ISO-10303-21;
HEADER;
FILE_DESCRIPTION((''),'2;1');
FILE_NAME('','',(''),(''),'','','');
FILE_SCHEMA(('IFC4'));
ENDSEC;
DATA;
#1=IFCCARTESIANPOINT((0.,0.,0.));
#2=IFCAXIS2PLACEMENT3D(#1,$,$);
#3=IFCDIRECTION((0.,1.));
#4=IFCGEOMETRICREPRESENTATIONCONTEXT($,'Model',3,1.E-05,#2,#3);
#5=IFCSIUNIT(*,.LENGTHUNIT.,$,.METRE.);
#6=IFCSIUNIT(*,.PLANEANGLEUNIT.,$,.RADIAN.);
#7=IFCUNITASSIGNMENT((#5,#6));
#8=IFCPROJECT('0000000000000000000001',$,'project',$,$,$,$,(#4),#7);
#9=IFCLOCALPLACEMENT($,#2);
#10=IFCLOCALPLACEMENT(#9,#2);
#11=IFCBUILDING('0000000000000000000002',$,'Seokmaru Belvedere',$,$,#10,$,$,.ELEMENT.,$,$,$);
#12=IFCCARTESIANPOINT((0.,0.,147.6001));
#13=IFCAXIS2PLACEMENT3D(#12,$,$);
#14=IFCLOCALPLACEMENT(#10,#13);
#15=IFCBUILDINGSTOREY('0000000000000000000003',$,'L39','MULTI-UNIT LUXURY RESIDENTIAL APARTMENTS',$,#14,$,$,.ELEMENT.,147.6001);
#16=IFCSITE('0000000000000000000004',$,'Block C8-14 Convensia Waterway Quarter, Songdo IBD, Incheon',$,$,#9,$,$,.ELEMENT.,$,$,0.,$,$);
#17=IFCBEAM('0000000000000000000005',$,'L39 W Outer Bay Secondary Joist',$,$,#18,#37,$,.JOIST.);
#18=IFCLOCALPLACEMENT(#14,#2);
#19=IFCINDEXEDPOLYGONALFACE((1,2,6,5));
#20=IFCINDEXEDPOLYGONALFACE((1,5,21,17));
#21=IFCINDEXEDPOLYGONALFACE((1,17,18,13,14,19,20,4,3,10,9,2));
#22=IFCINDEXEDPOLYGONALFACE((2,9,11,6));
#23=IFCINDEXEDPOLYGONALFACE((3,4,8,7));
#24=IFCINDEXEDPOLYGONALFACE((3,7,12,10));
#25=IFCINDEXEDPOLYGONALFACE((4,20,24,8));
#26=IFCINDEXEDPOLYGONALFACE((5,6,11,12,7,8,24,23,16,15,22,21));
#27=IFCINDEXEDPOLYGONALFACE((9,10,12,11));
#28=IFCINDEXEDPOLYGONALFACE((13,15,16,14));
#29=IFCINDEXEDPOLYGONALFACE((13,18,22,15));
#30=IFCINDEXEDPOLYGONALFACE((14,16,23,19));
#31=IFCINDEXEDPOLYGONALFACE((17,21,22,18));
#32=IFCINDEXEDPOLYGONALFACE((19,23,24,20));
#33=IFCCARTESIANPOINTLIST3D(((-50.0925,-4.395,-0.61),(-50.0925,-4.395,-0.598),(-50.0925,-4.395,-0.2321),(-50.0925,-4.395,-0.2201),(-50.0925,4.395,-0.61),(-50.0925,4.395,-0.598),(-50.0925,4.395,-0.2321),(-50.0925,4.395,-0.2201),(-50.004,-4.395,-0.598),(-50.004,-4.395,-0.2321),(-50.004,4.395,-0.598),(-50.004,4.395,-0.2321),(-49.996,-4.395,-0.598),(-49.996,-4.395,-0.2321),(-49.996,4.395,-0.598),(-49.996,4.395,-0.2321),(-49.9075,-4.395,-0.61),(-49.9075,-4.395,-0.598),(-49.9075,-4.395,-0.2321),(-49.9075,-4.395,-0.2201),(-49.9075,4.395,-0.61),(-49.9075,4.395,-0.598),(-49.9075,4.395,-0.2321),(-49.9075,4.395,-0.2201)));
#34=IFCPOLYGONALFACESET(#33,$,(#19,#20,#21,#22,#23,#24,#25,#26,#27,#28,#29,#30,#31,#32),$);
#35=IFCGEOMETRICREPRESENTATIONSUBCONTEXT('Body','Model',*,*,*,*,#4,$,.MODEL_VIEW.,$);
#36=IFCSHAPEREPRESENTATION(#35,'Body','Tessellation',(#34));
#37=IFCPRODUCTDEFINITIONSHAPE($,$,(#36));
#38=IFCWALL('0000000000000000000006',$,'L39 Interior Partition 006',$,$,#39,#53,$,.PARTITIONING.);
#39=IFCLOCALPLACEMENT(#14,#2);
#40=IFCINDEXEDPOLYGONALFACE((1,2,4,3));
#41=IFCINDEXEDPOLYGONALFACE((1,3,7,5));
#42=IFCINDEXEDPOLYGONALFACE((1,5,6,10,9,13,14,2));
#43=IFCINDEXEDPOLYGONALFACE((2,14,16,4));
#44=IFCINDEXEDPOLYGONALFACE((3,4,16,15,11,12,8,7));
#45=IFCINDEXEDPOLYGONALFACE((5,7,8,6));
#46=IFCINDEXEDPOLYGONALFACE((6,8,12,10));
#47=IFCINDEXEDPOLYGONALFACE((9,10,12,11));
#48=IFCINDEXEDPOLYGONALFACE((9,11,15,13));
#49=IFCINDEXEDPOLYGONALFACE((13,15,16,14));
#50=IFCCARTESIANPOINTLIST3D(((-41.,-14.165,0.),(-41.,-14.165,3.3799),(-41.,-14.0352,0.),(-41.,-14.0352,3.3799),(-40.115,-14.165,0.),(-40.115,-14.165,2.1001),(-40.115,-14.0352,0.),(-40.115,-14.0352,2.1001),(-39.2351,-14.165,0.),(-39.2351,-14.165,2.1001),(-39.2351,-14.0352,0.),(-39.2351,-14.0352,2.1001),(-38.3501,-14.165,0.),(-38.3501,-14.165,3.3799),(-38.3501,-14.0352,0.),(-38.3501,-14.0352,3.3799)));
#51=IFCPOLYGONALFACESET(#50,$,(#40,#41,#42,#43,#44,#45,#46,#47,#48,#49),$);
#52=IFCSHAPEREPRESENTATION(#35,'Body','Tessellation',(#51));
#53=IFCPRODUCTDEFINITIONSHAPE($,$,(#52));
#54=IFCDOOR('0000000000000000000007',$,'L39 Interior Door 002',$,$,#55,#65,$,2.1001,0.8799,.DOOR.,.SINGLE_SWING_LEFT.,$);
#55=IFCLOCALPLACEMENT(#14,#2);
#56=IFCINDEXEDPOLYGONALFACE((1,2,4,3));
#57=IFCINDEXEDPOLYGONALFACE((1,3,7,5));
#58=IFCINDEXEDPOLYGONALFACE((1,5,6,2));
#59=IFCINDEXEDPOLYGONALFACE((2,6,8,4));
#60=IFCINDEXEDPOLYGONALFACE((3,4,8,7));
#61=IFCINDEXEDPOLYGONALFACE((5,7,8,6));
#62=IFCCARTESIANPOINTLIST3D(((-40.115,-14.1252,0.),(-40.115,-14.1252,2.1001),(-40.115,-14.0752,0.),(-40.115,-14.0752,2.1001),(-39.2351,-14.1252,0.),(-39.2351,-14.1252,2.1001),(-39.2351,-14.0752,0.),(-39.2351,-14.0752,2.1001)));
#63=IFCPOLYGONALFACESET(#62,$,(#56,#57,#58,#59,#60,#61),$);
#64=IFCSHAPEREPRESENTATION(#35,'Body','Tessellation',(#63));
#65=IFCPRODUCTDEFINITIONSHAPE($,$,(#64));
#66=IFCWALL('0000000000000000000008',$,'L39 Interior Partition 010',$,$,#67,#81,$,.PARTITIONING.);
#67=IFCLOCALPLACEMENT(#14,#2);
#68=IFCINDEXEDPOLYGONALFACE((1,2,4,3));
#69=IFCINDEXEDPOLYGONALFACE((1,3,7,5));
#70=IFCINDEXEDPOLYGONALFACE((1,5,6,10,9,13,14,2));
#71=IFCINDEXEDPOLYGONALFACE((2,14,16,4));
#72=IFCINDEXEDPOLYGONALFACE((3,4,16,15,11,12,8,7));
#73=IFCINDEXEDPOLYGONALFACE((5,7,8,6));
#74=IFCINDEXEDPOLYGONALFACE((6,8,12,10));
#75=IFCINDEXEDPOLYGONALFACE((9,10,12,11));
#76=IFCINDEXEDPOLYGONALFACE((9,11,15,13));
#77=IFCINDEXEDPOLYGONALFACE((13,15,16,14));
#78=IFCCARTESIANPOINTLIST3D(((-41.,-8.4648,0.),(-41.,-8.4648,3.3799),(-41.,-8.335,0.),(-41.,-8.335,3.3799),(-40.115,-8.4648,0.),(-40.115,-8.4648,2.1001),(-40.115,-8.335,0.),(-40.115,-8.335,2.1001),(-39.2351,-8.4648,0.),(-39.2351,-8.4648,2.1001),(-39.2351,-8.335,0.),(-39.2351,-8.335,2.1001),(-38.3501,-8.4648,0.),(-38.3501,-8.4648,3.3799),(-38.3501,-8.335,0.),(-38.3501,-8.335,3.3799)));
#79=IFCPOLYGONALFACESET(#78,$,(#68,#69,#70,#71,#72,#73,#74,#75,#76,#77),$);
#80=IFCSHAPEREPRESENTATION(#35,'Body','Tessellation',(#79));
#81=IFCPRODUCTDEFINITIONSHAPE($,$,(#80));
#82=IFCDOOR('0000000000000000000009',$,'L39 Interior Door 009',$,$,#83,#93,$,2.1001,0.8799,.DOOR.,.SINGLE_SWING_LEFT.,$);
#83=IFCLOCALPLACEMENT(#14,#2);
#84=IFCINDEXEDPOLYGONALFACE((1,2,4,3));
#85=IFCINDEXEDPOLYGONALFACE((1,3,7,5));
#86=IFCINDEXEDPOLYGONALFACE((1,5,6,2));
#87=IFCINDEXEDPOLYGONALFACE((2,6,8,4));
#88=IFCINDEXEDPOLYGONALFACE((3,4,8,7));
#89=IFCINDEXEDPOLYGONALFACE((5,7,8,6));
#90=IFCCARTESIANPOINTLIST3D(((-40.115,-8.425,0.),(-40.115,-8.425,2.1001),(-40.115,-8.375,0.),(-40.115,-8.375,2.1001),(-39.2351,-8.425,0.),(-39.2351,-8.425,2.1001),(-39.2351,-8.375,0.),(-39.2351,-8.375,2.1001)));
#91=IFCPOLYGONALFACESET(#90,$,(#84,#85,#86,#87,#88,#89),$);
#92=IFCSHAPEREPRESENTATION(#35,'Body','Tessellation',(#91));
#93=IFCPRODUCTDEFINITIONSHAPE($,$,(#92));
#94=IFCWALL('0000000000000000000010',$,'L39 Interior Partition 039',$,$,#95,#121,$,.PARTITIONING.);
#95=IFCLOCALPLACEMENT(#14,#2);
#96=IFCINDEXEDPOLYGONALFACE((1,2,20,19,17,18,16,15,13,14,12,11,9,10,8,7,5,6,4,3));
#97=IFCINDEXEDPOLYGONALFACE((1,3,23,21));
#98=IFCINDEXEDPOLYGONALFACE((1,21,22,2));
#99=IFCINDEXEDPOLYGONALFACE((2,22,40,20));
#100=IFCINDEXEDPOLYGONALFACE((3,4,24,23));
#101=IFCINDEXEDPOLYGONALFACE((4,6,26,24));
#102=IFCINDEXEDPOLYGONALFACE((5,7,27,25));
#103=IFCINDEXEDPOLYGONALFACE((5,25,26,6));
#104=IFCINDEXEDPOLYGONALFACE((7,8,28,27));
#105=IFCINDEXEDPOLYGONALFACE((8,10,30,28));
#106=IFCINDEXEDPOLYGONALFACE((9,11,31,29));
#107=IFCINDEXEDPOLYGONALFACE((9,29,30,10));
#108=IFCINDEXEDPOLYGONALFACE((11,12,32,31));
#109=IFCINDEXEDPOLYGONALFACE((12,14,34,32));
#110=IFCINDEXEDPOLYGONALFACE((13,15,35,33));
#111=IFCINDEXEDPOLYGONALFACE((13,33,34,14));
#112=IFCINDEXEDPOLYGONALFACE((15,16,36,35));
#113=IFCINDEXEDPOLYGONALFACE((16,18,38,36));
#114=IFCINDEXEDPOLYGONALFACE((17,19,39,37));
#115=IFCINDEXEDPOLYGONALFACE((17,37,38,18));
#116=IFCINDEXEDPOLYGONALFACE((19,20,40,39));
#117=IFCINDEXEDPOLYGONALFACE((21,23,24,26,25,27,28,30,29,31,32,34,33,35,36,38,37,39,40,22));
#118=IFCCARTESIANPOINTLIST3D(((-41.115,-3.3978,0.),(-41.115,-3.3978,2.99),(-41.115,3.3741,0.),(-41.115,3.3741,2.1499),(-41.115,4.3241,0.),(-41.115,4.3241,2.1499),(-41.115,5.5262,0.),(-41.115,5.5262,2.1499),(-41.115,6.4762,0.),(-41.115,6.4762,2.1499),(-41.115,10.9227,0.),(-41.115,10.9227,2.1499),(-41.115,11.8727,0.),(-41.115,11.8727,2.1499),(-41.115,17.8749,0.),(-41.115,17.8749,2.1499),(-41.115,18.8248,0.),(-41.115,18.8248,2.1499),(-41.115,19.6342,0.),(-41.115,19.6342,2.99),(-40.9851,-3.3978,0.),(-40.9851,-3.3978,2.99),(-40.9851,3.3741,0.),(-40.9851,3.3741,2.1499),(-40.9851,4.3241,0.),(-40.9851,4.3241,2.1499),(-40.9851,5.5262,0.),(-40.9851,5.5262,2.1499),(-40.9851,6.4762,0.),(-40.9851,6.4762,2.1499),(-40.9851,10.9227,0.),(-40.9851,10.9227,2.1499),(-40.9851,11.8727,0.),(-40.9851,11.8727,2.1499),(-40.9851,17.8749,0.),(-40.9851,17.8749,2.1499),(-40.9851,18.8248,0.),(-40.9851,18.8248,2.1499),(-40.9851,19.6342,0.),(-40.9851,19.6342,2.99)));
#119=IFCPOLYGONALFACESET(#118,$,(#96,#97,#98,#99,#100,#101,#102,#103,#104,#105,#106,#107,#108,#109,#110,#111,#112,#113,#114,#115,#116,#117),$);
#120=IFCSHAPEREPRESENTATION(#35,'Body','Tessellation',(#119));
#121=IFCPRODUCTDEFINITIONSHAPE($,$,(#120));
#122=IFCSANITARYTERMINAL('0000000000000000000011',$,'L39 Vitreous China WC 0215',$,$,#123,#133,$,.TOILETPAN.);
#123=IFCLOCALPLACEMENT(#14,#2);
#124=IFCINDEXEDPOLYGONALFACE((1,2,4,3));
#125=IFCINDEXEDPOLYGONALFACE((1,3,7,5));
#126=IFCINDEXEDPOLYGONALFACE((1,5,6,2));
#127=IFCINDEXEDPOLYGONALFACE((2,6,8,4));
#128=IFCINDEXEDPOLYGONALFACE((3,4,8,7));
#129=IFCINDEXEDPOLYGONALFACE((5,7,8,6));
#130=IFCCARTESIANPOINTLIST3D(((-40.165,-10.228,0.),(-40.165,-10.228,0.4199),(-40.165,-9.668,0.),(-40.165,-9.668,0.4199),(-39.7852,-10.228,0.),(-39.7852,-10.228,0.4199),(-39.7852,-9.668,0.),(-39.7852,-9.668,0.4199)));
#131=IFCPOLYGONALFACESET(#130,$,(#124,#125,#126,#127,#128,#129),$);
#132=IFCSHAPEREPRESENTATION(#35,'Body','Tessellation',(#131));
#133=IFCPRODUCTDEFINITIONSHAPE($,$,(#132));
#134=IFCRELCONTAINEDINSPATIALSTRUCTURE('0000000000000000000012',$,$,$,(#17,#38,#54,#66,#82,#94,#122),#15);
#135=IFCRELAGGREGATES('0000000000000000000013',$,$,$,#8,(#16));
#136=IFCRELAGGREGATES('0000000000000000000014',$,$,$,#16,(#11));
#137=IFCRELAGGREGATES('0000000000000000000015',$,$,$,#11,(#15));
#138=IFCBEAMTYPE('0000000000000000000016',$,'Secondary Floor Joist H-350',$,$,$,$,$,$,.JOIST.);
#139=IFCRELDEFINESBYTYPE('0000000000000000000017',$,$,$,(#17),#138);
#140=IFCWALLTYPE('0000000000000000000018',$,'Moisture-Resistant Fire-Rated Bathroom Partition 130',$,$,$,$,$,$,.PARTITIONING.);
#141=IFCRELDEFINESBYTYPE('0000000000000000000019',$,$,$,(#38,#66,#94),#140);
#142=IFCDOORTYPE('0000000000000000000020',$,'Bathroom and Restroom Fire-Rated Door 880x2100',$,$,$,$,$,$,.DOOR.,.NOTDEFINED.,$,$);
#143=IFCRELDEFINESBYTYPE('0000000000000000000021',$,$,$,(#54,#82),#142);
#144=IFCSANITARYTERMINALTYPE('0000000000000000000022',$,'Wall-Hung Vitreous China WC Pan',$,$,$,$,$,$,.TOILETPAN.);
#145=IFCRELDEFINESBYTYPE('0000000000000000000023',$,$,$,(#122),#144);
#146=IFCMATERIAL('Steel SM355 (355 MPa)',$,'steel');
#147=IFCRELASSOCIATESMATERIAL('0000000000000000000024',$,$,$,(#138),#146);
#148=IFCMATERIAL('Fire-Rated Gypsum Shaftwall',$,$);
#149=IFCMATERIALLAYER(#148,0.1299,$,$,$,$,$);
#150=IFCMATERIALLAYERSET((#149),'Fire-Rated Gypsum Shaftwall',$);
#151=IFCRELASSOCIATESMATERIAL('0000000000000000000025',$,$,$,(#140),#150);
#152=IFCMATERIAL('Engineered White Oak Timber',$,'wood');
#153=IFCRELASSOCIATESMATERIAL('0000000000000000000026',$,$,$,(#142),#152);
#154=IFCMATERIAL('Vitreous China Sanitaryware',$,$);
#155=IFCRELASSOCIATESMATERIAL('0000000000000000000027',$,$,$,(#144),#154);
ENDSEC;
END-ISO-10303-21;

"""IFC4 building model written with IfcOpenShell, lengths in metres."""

from ifc_helpers import new_model, si_unit, direction, frame, frame_2d, origin, origin_2d, place, context, subcontext, project, spatial, rectangle, i_section, extrude, source, transform, mapped, material, layer, layer_set, material_profile, profile_set, type_object, type_shapes, element, fill, save


model = new_model("IFC4")

# Units and contexts
model_context = context("Model", 3, precision=1e-05, world=origin(), true_north=direction((0.0, 1.0)))
body_context = subcontext(model_context, "Body", "Model", "MODEL_VIEW")
ifc_project = project(units=[si_unit("LENGTHUNIT", "METRE"), si_unit("PLANEANGLEUNIT", "RADIAN")], contexts=[model_context])

# Site, building, storey
site_placement = place(None, origin())
site = spatial("IfcSite", under=ifc_project, at=site_placement, Name="Block C8-14 Convensia Waterway Quarter, Songdo IBD, Incheon", CompositionType="ELEMENT", RefElevation=0.0)
building_placement = place(site_placement, origin())
building = spatial("IfcBuilding", under=site, at=building_placement, Name="Seokmaru Belvedere", CompositionType="ELEMENT")
storey_placement = place(building_placement, frame((0.0, 0.0, 147.6001)))
storey = spatial("IfcBuildingStorey", under=building, at=storey_placement, Name="L39", Description="MULTI-UNIT LUXURY RESIDENTIAL APARTMENTS", CompositionType="ELEMENT", Elevation=147.6001)

# Shared definitions
ifc_material_1 = material(Name="Steel SM355 (355 MPa)", Category="steel")

# Beam
ifc_material_profile_1 = material_profile(ifc_material_1, i_section(OverallWidth=0.1851, OverallDepth=0.3899, WebThickness=0.0081, FlangeThickness=0.012, at=origin_2d()), Name="H-390x185x8x12")
ifc_profile_set_1 = profile_set([ifc_material_profile_1], Name="Steel SM355 (355 MPa)")
beam_type_1 = type_object("IfcBeamType", Name="Secondary Floor Joist H-350", PredefinedType="JOIST", material=ifc_profile_set_1)
shared_shape_1 = source(origin(), body_context, "Body", "SweptSolid", [
    extrude(i_section(OverallWidth=0.1851, OverallDepth=0.3899, WebThickness=0.0081, FlangeThickness=0.012, at=origin_2d()), origin(), (0.0, 0.0, 1.0), 8.79),
])
type_shapes(beam_type_1, [shared_shape_1])
for number, where, z_axis, x_axis, name in (
    (1, (-50.0, -4.395, -0.415), (0.0, 1.0, 0.0), (-1.0, 0.0, 0.0), "L39 W Outer Bay Secondary Joist"),
):
    element("IfcBeam", number, at=place(storey_placement, frame(where, z_axis=z_axis, x_axis=x_axis)), inside=storey, type_object=beam_type_1, Name=name, PredefinedType="JOIST", context=body_context, shape_type="MappedRepresentation", body=[
        mapped(shared_shape_1, transform((0.0, 0.0, 0.0), scale=1.0)),
    ])

# Shared definitions
ifc_material_2 = material(Name="Fire-Rated Gypsum Shaftwall")

# Walls, openings, doors
ifc_layer_1 = layer(ifc_material_2, 0.1299)
ifc_layer_set_1 = layer_set([ifc_layer_1], Name="Fire-Rated Gypsum Shaftwall")
wall_type_1 = type_object("IfcWallType", Name="Moisture-Resistant Fire-Rated Bathroom Partition 130", PredefinedType="PARTITIONING", material=ifc_layer_set_1)
wall_1_placement = place(storey_placement, frame((-41.0, -14.1001, 0.0), z_axis=(0.0, 0.0, 1.0), x_axis=(1.0, 0.0, 0.0)))
wall_1 = element("IfcWall", 2, at=wall_1_placement, inside=storey, type_object=wall_type_1, Name="L39 Interior Partition 006", PredefinedType="PARTITIONING", context=body_context, shape_type="SweptSolid", body=[
    extrude(rectangle(XDim=2.6499, YDim=0.1299, at=frame_2d((1.325, 0.0))), origin(), (0.0, 0.0, 1.0), 3.3799),
])
opening_1_placement = place(wall_1_placement, frame((0.885, 0.0, 0.0)))
opening_1 = element("IfcOpeningElement", 3, at=opening_1_placement, cuts=wall_1, PredefinedType="OPENING", context=body_context, shape_type="SweptSolid", body=[
    extrude(rectangle(XDim=0.8799, YDim=2.1001, at=frame_2d((0.4399, 1.05))), frame((0.0, 0.075, 0.0), z_axis=(0.0, -1.0, 0.0), x_axis=(1.0, 0.0, 0.0)), (0.0, 0.0, 1.0), 0.1499),
])
ifc_material_3 = material(Name="Engineered White Oak Timber", Category="wood")
door_type = type_object("IfcDoorType", Name="Bathroom and Restroom Fire-Rated Door 880x2100", OperationType="NOTDEFINED", PredefinedType="DOOR", material=ifc_material_3)
shared_shape_2 = source(origin(), body_context, "Body", "SweptSolid", [
    extrude(rectangle(XDim=0.8799, YDim=2.1001, at=frame_2d((0.4399, 1.05))), frame((0.0, 0.0249, 0.0), z_axis=(0.0, -1.0, 0.0), x_axis=(1.0, 0.0, 0.0)), (0.0, 0.0, 1.0), 0.05),
])
type_shapes(door_type, [shared_shape_2])
door_1_placement = place(opening_1_placement, origin())
door_1 = element("IfcDoor", 4, at=door_1_placement, inside=storey, type_object=door_type, Name="L39 Interior Door 002", OperationType="SINGLE_SWING_LEFT", OverallHeight=2.1001, OverallWidth=0.8799, PredefinedType="DOOR", context=body_context, shape_type="MappedRepresentation", body=[
    mapped(shared_shape_2, transform((0.0, 0.0, 0.0), scale=1.0)),
])
fill(opening_1, door_1)
wall_2_placement = place(storey_placement, frame((-41.0, -8.3999, 0.0), z_axis=(0.0, 0.0, 1.0), x_axis=(1.0, 0.0, 0.0)))
wall_2 = element("IfcWall", 5, at=wall_2_placement, inside=storey, type_object=wall_type_1, Name="L39 Interior Partition 010", PredefinedType="PARTITIONING", context=body_context, shape_type="SweptSolid", body=[
    extrude(rectangle(XDim=2.6499, YDim=0.1299, at=frame_2d((1.325, 0.0))), origin(), (0.0, 0.0, 1.0), 3.3799),
])
opening_2_placement = place(wall_2_placement, frame((0.885, 0.0, 0.0)))
opening_2 = element("IfcOpeningElement", 6, at=opening_2_placement, cuts=wall_2, PredefinedType="OPENING", context=body_context, shape_type="SweptSolid", body=[
    extrude(rectangle(XDim=0.8799, YDim=2.1001, at=frame_2d((0.4399, 1.05))), frame((0.0, 0.075, 0.0), z_axis=(0.0, -1.0, 0.0), x_axis=(1.0, 0.0, 0.0)), (0.0, 0.0, 1.0), 0.1499),
])
door_2_placement = place(opening_2_placement, origin())
door_2 = element("IfcDoor", 7, at=door_2_placement, inside=storey, type_object=door_type, Name="L39 Interior Door 009", OperationType="SINGLE_SWING_LEFT", OverallHeight=2.1001, OverallWidth=0.8799, PredefinedType="DOOR", context=body_context, shape_type="MappedRepresentation", body=[
    mapped(shared_shape_2, transform((0.0, 0.0, 0.0), scale=1.0)),
])
fill(opening_2, door_2)

# Wall, openings
wall_3_placement = place(storey_placement, frame((-41.05, -3.3979, 0.0), z_axis=(0.0, 0.0, 1.0), x_axis=(0.0, 1.0, 0.0)))
wall_3 = element("IfcWall", 8, at=wall_3_placement, inside=storey, type_object=wall_type_1, Name="L39 Interior Partition 039", PredefinedType="PARTITIONING", context=body_context, shape_type="SweptSolid", body=[
    extrude(rectangle(XDim=23.032, YDim=0.1299, at=frame_2d((11.5161, 0.0))), origin(), (0.0, 0.0, 1.0), 2.99),
])
opening_3_placement = place(wall_3_placement, frame((6.772, 0.0, 0.0)))
element("IfcOpeningElement", 9, at=opening_3_placement, cuts=wall_3, PredefinedType="OPENING", context=body_context, shape_type="SweptSolid", body=[
    extrude(rectangle(XDim=0.95, YDim=2.1499, at=frame_2d((0.4751, 1.075))), frame((0.0, 0.075, 0.0), z_axis=(0.0, -1.0, 0.0), x_axis=(1.0, 0.0, 0.0)), (0.0, 0.0, 1.0), 0.1499),
])
opening_4_placement = place(wall_3_placement, frame((8.9241, 0.0, 0.0)))
element("IfcOpeningElement", 10, at=opening_4_placement, cuts=wall_3, PredefinedType="OPENING", context=body_context, shape_type="SweptSolid", body=[
    extrude(rectangle(XDim=0.95, YDim=2.1499, at=frame_2d((0.4751, 1.075))), frame((0.0, 0.075, 0.0), z_axis=(0.0, -1.0, 0.0), x_axis=(1.0, 0.0, 0.0)), (0.0, 0.0, 1.0), 0.1499),
])
opening_5_placement = place(wall_3_placement, frame((14.3206, 0.0, 0.0)))
element("IfcOpeningElement", 11, at=opening_5_placement, cuts=wall_3, PredefinedType="OPENING", context=body_context, shape_type="SweptSolid", body=[
    extrude(rectangle(XDim=0.95, YDim=2.1499, at=frame_2d((0.4751, 1.075))), frame((0.0, 0.075, 0.0), z_axis=(0.0, -1.0, 0.0), x_axis=(1.0, 0.0, 0.0)), (0.0, 0.0, 1.0), 0.1499),
])
opening_6_placement = place(wall_3_placement, frame((21.2727, 0.0, 0.0)))
element("IfcOpeningElement", 12, at=opening_6_placement, cuts=wall_3, PredefinedType="OPENING", context=body_context, shape_type="SweptSolid", body=[
    extrude(rectangle(XDim=0.95, YDim=2.1499, at=frame_2d((0.4751, 1.075))), frame((0.0, 0.075, 0.0), z_axis=(0.0, -1.0, 0.0), x_axis=(1.0, 0.0, 0.0)), (0.0, 0.0, 1.0), 0.1499),
])

# Sanitary terminal
ifc_material_4 = material(Name="Vitreous China Sanitaryware")
sanitary_terminal_type = type_object("IfcSanitaryTerminalType", Name="Wall-Hung Vitreous China WC Pan", PredefinedType="TOILETPAN", material=ifc_material_4)
shared_shape_3 = source(origin(), body_context, "Body", "SweptSolid", [
    extrude(rectangle(XDim=0.3799, YDim=0.5601, at=origin_2d()), origin(), (0.0, 0.0, 1.0), 0.4199),
])
type_shapes(sanitary_terminal_type, [shared_shape_3])
sanitary_terminal_placement = place(storey_placement, frame((-39.9751, -9.948, 0.0), z_axis=(0.0, 0.0, 1.0), x_axis=(1.0, 0.0, 0.0)))
element("IfcSanitaryTerminal", 13, at=sanitary_terminal_placement, inside=storey, type_object=sanitary_terminal_type, Name="L39 Vitreous China WC 0215", PredefinedType="TOILETPAN", context=body_context, shape_type="MappedRepresentation", body=[
    mapped(shared_shape_3, transform((0.0, 0.0, 0.0), scale=1.0)),
])

save(model, "model.ifc")
